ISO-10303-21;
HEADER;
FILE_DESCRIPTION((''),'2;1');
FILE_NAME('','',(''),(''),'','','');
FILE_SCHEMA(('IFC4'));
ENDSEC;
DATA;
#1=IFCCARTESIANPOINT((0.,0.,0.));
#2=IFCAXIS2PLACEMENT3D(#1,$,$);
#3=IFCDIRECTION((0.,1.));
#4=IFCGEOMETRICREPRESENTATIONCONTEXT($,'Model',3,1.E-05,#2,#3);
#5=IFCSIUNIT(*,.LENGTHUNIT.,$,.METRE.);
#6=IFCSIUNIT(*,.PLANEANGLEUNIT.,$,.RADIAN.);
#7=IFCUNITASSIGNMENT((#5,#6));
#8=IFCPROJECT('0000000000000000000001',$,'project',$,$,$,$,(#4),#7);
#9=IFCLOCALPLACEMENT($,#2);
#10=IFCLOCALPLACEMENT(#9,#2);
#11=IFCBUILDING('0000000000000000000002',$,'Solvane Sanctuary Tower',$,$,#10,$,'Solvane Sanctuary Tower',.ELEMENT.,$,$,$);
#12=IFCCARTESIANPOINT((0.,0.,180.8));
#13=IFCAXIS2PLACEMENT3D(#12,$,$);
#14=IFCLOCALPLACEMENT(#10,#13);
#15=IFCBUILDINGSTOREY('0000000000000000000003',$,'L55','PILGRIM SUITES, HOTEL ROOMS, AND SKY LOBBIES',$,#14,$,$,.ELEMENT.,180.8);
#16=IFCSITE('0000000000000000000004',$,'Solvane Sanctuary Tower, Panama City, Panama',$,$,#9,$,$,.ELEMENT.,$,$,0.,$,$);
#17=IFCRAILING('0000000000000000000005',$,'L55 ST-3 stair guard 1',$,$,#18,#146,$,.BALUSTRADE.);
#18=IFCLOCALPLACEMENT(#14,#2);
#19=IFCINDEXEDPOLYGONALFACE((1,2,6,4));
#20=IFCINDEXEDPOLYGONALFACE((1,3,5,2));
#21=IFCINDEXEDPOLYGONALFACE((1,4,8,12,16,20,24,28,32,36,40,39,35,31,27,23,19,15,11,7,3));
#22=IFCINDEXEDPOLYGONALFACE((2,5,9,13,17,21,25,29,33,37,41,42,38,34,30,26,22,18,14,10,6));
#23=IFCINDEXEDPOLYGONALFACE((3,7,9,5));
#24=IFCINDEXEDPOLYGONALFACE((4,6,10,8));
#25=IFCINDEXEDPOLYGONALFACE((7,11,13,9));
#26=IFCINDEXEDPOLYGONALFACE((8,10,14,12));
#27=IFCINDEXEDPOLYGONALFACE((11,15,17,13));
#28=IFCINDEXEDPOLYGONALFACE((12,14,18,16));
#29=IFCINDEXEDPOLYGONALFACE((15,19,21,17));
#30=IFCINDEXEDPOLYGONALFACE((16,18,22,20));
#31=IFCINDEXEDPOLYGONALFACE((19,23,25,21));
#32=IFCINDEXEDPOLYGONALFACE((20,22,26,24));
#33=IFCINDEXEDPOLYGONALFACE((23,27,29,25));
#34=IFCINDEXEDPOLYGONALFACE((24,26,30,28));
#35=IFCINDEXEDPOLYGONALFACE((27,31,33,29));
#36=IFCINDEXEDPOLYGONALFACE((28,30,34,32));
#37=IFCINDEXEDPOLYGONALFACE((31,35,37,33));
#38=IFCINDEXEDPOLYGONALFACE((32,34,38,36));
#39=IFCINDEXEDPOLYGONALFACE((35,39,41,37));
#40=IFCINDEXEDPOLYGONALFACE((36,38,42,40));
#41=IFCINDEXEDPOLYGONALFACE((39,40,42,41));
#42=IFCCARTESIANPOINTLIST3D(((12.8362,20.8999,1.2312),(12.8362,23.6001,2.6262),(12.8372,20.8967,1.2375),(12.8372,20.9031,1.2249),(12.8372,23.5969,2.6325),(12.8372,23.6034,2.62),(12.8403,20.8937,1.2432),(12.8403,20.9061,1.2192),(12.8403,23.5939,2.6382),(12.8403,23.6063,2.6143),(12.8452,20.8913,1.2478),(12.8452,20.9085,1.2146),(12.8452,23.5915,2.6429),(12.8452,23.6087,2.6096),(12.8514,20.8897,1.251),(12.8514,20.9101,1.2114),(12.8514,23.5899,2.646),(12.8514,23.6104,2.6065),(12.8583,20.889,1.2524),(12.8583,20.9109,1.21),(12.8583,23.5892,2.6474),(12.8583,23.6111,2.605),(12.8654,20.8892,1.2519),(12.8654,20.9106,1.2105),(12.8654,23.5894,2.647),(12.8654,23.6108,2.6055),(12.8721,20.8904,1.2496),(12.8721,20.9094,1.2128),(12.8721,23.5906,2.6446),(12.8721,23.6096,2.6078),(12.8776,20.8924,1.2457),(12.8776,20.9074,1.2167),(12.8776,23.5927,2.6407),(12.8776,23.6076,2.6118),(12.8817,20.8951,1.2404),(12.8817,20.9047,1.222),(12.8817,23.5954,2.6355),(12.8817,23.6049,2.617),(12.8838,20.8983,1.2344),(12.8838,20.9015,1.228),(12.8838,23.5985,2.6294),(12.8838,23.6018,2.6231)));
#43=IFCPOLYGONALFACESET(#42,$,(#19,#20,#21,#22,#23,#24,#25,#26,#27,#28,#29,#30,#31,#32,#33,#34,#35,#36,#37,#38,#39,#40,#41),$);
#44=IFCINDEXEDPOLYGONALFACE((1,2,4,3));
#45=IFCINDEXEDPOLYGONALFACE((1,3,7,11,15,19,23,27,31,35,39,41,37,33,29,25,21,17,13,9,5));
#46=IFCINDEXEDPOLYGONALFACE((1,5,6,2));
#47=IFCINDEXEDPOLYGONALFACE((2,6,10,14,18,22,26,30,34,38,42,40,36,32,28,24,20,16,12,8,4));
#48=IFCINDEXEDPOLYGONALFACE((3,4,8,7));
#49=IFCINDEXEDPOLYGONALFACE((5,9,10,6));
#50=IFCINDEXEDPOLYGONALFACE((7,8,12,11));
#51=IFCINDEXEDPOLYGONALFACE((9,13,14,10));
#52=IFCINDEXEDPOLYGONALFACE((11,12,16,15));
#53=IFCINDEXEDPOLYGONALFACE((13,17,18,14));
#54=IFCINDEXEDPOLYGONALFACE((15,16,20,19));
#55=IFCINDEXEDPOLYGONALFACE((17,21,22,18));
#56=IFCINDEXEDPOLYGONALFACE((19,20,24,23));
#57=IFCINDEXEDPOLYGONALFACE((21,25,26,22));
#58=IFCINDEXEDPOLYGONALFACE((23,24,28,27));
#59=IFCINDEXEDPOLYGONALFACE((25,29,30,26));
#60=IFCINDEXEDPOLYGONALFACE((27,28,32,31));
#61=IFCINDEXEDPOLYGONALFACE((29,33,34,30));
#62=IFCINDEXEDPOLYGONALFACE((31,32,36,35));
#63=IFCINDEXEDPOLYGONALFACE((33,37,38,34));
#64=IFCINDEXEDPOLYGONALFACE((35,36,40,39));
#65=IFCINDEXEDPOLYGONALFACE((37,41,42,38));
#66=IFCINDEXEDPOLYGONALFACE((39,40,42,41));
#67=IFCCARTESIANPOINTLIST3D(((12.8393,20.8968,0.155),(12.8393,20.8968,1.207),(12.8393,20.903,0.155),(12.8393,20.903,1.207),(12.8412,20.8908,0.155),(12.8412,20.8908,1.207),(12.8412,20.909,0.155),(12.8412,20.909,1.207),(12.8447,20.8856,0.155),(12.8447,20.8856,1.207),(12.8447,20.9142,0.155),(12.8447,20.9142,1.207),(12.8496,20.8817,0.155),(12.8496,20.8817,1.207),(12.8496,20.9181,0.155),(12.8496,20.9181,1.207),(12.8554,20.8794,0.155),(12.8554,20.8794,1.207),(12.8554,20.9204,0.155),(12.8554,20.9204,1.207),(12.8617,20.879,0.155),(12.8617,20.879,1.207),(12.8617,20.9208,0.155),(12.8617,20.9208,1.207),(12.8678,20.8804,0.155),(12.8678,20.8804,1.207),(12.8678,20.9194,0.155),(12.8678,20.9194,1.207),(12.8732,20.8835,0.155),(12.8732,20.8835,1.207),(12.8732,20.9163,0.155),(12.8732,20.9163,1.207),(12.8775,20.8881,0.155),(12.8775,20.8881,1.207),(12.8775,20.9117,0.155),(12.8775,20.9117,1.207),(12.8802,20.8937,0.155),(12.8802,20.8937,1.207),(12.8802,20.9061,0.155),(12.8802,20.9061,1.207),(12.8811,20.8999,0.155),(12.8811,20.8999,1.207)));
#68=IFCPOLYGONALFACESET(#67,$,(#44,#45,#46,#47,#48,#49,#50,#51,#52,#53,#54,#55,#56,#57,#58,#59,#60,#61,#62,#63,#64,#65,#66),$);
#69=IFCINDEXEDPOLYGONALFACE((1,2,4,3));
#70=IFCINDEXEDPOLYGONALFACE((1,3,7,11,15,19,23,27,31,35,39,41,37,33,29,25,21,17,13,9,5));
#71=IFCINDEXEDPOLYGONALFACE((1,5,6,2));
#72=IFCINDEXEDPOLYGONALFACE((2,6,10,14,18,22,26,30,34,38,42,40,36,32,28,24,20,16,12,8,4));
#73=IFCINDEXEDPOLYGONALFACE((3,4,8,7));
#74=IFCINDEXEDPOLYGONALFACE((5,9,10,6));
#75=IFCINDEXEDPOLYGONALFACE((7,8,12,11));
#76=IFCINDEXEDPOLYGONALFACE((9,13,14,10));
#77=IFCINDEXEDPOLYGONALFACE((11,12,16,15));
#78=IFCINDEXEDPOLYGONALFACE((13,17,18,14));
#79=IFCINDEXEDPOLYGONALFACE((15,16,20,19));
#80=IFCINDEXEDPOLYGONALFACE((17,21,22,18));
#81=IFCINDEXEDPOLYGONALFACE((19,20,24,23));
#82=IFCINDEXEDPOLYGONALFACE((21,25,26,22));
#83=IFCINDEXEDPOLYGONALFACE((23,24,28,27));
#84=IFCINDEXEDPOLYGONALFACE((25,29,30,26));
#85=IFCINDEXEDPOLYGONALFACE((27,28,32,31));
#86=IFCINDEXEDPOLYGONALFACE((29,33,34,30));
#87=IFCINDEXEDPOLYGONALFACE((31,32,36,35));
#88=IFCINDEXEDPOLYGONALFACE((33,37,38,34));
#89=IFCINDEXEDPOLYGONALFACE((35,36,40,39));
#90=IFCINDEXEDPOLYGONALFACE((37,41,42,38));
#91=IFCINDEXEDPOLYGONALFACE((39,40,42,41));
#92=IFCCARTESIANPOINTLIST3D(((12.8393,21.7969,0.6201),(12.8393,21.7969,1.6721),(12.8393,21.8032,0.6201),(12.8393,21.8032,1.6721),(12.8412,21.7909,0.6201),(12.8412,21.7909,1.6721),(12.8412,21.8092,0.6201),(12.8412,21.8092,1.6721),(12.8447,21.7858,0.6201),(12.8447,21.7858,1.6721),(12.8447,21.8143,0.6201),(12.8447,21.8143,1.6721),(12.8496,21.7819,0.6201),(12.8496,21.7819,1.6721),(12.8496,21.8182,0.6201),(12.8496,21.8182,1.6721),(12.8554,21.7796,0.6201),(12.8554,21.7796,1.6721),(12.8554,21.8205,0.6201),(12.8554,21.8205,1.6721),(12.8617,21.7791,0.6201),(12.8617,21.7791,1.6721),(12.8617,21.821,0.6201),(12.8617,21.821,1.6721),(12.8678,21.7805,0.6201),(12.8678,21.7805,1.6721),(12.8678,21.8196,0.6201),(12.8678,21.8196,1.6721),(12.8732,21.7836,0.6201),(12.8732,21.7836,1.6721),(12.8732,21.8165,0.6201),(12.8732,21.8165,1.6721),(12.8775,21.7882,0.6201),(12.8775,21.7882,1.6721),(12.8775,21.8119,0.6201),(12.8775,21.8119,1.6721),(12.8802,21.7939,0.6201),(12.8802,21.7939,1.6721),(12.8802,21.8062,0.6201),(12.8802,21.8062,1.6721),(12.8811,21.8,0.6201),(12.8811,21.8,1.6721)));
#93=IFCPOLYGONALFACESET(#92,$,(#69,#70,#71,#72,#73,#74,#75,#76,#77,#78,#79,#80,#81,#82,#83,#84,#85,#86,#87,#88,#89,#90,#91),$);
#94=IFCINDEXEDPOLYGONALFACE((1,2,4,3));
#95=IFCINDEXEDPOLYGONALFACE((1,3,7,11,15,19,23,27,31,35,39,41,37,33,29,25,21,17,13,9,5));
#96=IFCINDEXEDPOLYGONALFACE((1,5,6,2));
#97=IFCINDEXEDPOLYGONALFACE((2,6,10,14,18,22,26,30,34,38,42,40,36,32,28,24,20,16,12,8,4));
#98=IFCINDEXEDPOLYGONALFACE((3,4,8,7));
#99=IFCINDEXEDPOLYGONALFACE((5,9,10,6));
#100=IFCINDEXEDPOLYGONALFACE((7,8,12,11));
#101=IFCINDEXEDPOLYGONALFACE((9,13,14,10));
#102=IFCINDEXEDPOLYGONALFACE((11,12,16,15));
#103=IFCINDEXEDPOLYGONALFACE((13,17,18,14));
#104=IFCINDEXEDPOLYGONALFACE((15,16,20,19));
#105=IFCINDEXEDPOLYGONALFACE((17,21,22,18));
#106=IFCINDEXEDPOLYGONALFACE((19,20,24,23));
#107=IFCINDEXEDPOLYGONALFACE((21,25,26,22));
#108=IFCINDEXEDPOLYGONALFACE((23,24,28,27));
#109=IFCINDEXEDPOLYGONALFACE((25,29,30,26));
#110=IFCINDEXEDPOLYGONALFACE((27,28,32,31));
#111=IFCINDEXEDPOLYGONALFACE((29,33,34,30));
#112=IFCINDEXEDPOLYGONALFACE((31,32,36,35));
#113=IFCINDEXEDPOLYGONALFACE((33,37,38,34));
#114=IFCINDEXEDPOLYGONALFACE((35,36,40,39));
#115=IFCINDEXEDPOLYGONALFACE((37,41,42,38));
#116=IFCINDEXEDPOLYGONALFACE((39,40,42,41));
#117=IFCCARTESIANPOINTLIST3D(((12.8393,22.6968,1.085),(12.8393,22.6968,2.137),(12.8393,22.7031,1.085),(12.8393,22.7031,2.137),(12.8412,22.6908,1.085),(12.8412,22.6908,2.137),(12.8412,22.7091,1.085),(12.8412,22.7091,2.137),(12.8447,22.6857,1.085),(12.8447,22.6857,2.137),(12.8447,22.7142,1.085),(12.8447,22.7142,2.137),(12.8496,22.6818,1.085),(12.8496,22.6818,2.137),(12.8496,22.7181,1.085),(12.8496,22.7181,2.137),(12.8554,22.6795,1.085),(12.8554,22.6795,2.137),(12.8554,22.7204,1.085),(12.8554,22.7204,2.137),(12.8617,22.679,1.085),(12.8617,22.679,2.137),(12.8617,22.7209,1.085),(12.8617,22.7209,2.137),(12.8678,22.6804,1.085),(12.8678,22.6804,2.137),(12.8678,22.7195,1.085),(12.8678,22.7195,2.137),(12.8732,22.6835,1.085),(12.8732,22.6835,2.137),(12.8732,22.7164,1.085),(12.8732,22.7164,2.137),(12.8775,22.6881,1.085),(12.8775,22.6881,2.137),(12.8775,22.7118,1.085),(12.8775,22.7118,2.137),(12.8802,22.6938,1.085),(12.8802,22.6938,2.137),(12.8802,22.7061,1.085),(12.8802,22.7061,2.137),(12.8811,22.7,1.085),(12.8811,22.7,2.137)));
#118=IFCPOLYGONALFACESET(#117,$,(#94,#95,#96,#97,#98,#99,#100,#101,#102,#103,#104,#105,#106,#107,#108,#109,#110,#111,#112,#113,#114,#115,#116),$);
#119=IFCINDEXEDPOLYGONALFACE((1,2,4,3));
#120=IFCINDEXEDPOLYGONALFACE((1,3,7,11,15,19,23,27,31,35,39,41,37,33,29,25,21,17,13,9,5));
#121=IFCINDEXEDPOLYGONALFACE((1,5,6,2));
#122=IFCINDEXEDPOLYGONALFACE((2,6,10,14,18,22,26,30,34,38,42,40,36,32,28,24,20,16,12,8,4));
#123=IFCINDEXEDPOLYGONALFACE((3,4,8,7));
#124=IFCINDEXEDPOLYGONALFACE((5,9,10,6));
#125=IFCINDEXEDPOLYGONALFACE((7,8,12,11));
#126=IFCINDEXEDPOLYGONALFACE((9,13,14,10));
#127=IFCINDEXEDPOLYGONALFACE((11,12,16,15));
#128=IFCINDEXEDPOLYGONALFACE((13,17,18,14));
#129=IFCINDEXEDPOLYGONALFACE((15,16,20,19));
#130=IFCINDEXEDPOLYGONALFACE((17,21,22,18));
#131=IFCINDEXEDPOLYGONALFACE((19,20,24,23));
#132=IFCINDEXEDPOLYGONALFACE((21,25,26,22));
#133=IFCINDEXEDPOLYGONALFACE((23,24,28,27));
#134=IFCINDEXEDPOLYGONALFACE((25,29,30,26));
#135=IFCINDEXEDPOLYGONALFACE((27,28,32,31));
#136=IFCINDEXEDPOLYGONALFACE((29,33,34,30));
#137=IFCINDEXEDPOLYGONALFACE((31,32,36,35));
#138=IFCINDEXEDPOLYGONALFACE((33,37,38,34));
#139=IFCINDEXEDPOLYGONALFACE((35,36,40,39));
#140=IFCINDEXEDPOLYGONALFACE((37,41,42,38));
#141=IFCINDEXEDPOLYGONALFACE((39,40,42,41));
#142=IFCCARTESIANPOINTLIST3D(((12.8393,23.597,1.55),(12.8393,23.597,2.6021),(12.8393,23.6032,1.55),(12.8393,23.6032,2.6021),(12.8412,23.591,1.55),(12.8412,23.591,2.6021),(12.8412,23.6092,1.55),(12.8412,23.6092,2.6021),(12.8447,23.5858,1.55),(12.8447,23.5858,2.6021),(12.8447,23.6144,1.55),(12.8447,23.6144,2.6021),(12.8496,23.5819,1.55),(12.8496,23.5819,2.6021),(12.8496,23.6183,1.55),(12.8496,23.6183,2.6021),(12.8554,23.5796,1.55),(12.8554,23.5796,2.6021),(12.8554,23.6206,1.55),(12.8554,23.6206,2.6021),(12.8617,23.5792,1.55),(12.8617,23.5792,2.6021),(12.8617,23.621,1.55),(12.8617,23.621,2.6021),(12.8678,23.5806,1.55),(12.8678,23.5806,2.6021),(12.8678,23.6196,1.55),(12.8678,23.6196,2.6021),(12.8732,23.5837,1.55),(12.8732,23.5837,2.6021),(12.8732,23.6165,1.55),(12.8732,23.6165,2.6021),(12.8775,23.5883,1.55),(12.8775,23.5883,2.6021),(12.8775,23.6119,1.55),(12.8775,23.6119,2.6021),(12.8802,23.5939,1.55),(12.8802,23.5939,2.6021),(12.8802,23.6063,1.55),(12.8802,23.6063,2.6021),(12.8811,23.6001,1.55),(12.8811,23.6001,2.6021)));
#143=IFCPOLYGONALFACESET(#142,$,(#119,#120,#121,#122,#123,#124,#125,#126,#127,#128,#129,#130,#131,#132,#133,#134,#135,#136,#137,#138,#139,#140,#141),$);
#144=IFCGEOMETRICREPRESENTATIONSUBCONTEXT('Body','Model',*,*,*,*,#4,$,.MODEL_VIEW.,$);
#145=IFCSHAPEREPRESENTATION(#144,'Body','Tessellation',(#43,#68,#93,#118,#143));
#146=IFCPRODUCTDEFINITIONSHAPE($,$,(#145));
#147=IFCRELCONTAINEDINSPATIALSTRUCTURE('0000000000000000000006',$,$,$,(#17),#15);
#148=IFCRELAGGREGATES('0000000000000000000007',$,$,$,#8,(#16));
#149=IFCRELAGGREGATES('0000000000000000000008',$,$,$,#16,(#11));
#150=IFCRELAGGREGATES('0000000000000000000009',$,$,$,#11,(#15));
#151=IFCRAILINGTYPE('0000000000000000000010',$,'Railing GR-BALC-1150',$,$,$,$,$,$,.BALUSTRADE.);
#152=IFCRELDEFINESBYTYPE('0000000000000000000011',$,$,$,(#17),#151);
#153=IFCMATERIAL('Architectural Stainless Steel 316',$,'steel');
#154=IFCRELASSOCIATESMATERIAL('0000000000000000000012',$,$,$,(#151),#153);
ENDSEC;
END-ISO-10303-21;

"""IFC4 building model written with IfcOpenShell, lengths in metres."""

from ifc_helpers import new_model, si_unit, direction, frame, origin, origin_2d, place, context, subcontext, project, spatial, circle, extrude, material, type_object, element, save


model = new_model("IFC4")

# Units and contexts
model_context = context("Model", 3, precision=1e-05, world=origin(), true_north=direction((0.0, 1.0)))
body_context = subcontext(model_context, "Body", "Model", "MODEL_VIEW")
ifc_project = project(units=[si_unit("LENGTHUNIT", "METRE"), si_unit("PLANEANGLEUNIT", "RADIAN")], contexts=[model_context])

# Site, building, storey
site_placement = place(None, origin())
site = spatial("IfcSite", under=ifc_project, at=site_placement, Name="Solvane Sanctuary Tower, Panama City, Panama", CompositionType="ELEMENT", RefElevation=0.0)
building_placement = place(site_placement, origin())
building = spatial("IfcBuilding", under=site, at=building_placement, Name="Solvane Sanctuary Tower", LongName="Solvane Sanctuary Tower", CompositionType="ELEMENT")
storey_placement = place(building_placement, frame((0.0, 0.0, 180.8)))
storey = spatial("IfcBuildingStorey", under=building, at=storey_placement, Name="L55", Description="PILGRIM SUITES, HOTEL ROOMS, AND SKY LOBBIES", CompositionType="ELEMENT", Elevation=180.8)

# Shared definitions
ifc_material_1 = material(Name="Architectural Stainless Steel 316", Category="steel")

# Railing
railing_type = type_object("IfcRailingType", Name="Railing GR-BALC-1150", PredefinedType="BALUSTRADE", material=ifc_material_1)
railing_1_placement = place(storey_placement, frame((12.8601, 20.8999, 0.155)))
element("IfcRailing", 1, at=railing_1_placement, inside=storey, type_object=railing_type, Name="L55 ST-3 stair guard 1", PredefinedType="BALUSTRADE", context=body_context, shape_type="SweptSolid", body=[
    extrude(circle(Radius=0.0239, at=origin_2d()), frame((0.0, 0.0, 1.0762), z_axis=(0.0, 0.888437, 0.458999), x_axis=(-1.0, 0.0, 0.0)), (0.0, 0.0, 1.0), 3.0393),
    extrude(circle(Radius=0.021, at=origin_2d()), origin(), (0.0, 0.0, 1.0), 1.052),
    extrude(circle(Radius=0.021, at=origin_2d()), frame((0.0, 0.9001, 0.4651)), (0.0, 0.0, 1.0), 1.052),
    extrude(circle(Radius=0.021, at=origin_2d()), frame((0.0, 1.8, 0.9299)), (0.0, 0.0, 1.0), 1.052),
    extrude(circle(Radius=0.021, at=origin_2d()), frame((0.0, 2.7002, 1.395)), (0.0, 0.0, 1.0), 1.052),
])

save(model, "model.ifc")
